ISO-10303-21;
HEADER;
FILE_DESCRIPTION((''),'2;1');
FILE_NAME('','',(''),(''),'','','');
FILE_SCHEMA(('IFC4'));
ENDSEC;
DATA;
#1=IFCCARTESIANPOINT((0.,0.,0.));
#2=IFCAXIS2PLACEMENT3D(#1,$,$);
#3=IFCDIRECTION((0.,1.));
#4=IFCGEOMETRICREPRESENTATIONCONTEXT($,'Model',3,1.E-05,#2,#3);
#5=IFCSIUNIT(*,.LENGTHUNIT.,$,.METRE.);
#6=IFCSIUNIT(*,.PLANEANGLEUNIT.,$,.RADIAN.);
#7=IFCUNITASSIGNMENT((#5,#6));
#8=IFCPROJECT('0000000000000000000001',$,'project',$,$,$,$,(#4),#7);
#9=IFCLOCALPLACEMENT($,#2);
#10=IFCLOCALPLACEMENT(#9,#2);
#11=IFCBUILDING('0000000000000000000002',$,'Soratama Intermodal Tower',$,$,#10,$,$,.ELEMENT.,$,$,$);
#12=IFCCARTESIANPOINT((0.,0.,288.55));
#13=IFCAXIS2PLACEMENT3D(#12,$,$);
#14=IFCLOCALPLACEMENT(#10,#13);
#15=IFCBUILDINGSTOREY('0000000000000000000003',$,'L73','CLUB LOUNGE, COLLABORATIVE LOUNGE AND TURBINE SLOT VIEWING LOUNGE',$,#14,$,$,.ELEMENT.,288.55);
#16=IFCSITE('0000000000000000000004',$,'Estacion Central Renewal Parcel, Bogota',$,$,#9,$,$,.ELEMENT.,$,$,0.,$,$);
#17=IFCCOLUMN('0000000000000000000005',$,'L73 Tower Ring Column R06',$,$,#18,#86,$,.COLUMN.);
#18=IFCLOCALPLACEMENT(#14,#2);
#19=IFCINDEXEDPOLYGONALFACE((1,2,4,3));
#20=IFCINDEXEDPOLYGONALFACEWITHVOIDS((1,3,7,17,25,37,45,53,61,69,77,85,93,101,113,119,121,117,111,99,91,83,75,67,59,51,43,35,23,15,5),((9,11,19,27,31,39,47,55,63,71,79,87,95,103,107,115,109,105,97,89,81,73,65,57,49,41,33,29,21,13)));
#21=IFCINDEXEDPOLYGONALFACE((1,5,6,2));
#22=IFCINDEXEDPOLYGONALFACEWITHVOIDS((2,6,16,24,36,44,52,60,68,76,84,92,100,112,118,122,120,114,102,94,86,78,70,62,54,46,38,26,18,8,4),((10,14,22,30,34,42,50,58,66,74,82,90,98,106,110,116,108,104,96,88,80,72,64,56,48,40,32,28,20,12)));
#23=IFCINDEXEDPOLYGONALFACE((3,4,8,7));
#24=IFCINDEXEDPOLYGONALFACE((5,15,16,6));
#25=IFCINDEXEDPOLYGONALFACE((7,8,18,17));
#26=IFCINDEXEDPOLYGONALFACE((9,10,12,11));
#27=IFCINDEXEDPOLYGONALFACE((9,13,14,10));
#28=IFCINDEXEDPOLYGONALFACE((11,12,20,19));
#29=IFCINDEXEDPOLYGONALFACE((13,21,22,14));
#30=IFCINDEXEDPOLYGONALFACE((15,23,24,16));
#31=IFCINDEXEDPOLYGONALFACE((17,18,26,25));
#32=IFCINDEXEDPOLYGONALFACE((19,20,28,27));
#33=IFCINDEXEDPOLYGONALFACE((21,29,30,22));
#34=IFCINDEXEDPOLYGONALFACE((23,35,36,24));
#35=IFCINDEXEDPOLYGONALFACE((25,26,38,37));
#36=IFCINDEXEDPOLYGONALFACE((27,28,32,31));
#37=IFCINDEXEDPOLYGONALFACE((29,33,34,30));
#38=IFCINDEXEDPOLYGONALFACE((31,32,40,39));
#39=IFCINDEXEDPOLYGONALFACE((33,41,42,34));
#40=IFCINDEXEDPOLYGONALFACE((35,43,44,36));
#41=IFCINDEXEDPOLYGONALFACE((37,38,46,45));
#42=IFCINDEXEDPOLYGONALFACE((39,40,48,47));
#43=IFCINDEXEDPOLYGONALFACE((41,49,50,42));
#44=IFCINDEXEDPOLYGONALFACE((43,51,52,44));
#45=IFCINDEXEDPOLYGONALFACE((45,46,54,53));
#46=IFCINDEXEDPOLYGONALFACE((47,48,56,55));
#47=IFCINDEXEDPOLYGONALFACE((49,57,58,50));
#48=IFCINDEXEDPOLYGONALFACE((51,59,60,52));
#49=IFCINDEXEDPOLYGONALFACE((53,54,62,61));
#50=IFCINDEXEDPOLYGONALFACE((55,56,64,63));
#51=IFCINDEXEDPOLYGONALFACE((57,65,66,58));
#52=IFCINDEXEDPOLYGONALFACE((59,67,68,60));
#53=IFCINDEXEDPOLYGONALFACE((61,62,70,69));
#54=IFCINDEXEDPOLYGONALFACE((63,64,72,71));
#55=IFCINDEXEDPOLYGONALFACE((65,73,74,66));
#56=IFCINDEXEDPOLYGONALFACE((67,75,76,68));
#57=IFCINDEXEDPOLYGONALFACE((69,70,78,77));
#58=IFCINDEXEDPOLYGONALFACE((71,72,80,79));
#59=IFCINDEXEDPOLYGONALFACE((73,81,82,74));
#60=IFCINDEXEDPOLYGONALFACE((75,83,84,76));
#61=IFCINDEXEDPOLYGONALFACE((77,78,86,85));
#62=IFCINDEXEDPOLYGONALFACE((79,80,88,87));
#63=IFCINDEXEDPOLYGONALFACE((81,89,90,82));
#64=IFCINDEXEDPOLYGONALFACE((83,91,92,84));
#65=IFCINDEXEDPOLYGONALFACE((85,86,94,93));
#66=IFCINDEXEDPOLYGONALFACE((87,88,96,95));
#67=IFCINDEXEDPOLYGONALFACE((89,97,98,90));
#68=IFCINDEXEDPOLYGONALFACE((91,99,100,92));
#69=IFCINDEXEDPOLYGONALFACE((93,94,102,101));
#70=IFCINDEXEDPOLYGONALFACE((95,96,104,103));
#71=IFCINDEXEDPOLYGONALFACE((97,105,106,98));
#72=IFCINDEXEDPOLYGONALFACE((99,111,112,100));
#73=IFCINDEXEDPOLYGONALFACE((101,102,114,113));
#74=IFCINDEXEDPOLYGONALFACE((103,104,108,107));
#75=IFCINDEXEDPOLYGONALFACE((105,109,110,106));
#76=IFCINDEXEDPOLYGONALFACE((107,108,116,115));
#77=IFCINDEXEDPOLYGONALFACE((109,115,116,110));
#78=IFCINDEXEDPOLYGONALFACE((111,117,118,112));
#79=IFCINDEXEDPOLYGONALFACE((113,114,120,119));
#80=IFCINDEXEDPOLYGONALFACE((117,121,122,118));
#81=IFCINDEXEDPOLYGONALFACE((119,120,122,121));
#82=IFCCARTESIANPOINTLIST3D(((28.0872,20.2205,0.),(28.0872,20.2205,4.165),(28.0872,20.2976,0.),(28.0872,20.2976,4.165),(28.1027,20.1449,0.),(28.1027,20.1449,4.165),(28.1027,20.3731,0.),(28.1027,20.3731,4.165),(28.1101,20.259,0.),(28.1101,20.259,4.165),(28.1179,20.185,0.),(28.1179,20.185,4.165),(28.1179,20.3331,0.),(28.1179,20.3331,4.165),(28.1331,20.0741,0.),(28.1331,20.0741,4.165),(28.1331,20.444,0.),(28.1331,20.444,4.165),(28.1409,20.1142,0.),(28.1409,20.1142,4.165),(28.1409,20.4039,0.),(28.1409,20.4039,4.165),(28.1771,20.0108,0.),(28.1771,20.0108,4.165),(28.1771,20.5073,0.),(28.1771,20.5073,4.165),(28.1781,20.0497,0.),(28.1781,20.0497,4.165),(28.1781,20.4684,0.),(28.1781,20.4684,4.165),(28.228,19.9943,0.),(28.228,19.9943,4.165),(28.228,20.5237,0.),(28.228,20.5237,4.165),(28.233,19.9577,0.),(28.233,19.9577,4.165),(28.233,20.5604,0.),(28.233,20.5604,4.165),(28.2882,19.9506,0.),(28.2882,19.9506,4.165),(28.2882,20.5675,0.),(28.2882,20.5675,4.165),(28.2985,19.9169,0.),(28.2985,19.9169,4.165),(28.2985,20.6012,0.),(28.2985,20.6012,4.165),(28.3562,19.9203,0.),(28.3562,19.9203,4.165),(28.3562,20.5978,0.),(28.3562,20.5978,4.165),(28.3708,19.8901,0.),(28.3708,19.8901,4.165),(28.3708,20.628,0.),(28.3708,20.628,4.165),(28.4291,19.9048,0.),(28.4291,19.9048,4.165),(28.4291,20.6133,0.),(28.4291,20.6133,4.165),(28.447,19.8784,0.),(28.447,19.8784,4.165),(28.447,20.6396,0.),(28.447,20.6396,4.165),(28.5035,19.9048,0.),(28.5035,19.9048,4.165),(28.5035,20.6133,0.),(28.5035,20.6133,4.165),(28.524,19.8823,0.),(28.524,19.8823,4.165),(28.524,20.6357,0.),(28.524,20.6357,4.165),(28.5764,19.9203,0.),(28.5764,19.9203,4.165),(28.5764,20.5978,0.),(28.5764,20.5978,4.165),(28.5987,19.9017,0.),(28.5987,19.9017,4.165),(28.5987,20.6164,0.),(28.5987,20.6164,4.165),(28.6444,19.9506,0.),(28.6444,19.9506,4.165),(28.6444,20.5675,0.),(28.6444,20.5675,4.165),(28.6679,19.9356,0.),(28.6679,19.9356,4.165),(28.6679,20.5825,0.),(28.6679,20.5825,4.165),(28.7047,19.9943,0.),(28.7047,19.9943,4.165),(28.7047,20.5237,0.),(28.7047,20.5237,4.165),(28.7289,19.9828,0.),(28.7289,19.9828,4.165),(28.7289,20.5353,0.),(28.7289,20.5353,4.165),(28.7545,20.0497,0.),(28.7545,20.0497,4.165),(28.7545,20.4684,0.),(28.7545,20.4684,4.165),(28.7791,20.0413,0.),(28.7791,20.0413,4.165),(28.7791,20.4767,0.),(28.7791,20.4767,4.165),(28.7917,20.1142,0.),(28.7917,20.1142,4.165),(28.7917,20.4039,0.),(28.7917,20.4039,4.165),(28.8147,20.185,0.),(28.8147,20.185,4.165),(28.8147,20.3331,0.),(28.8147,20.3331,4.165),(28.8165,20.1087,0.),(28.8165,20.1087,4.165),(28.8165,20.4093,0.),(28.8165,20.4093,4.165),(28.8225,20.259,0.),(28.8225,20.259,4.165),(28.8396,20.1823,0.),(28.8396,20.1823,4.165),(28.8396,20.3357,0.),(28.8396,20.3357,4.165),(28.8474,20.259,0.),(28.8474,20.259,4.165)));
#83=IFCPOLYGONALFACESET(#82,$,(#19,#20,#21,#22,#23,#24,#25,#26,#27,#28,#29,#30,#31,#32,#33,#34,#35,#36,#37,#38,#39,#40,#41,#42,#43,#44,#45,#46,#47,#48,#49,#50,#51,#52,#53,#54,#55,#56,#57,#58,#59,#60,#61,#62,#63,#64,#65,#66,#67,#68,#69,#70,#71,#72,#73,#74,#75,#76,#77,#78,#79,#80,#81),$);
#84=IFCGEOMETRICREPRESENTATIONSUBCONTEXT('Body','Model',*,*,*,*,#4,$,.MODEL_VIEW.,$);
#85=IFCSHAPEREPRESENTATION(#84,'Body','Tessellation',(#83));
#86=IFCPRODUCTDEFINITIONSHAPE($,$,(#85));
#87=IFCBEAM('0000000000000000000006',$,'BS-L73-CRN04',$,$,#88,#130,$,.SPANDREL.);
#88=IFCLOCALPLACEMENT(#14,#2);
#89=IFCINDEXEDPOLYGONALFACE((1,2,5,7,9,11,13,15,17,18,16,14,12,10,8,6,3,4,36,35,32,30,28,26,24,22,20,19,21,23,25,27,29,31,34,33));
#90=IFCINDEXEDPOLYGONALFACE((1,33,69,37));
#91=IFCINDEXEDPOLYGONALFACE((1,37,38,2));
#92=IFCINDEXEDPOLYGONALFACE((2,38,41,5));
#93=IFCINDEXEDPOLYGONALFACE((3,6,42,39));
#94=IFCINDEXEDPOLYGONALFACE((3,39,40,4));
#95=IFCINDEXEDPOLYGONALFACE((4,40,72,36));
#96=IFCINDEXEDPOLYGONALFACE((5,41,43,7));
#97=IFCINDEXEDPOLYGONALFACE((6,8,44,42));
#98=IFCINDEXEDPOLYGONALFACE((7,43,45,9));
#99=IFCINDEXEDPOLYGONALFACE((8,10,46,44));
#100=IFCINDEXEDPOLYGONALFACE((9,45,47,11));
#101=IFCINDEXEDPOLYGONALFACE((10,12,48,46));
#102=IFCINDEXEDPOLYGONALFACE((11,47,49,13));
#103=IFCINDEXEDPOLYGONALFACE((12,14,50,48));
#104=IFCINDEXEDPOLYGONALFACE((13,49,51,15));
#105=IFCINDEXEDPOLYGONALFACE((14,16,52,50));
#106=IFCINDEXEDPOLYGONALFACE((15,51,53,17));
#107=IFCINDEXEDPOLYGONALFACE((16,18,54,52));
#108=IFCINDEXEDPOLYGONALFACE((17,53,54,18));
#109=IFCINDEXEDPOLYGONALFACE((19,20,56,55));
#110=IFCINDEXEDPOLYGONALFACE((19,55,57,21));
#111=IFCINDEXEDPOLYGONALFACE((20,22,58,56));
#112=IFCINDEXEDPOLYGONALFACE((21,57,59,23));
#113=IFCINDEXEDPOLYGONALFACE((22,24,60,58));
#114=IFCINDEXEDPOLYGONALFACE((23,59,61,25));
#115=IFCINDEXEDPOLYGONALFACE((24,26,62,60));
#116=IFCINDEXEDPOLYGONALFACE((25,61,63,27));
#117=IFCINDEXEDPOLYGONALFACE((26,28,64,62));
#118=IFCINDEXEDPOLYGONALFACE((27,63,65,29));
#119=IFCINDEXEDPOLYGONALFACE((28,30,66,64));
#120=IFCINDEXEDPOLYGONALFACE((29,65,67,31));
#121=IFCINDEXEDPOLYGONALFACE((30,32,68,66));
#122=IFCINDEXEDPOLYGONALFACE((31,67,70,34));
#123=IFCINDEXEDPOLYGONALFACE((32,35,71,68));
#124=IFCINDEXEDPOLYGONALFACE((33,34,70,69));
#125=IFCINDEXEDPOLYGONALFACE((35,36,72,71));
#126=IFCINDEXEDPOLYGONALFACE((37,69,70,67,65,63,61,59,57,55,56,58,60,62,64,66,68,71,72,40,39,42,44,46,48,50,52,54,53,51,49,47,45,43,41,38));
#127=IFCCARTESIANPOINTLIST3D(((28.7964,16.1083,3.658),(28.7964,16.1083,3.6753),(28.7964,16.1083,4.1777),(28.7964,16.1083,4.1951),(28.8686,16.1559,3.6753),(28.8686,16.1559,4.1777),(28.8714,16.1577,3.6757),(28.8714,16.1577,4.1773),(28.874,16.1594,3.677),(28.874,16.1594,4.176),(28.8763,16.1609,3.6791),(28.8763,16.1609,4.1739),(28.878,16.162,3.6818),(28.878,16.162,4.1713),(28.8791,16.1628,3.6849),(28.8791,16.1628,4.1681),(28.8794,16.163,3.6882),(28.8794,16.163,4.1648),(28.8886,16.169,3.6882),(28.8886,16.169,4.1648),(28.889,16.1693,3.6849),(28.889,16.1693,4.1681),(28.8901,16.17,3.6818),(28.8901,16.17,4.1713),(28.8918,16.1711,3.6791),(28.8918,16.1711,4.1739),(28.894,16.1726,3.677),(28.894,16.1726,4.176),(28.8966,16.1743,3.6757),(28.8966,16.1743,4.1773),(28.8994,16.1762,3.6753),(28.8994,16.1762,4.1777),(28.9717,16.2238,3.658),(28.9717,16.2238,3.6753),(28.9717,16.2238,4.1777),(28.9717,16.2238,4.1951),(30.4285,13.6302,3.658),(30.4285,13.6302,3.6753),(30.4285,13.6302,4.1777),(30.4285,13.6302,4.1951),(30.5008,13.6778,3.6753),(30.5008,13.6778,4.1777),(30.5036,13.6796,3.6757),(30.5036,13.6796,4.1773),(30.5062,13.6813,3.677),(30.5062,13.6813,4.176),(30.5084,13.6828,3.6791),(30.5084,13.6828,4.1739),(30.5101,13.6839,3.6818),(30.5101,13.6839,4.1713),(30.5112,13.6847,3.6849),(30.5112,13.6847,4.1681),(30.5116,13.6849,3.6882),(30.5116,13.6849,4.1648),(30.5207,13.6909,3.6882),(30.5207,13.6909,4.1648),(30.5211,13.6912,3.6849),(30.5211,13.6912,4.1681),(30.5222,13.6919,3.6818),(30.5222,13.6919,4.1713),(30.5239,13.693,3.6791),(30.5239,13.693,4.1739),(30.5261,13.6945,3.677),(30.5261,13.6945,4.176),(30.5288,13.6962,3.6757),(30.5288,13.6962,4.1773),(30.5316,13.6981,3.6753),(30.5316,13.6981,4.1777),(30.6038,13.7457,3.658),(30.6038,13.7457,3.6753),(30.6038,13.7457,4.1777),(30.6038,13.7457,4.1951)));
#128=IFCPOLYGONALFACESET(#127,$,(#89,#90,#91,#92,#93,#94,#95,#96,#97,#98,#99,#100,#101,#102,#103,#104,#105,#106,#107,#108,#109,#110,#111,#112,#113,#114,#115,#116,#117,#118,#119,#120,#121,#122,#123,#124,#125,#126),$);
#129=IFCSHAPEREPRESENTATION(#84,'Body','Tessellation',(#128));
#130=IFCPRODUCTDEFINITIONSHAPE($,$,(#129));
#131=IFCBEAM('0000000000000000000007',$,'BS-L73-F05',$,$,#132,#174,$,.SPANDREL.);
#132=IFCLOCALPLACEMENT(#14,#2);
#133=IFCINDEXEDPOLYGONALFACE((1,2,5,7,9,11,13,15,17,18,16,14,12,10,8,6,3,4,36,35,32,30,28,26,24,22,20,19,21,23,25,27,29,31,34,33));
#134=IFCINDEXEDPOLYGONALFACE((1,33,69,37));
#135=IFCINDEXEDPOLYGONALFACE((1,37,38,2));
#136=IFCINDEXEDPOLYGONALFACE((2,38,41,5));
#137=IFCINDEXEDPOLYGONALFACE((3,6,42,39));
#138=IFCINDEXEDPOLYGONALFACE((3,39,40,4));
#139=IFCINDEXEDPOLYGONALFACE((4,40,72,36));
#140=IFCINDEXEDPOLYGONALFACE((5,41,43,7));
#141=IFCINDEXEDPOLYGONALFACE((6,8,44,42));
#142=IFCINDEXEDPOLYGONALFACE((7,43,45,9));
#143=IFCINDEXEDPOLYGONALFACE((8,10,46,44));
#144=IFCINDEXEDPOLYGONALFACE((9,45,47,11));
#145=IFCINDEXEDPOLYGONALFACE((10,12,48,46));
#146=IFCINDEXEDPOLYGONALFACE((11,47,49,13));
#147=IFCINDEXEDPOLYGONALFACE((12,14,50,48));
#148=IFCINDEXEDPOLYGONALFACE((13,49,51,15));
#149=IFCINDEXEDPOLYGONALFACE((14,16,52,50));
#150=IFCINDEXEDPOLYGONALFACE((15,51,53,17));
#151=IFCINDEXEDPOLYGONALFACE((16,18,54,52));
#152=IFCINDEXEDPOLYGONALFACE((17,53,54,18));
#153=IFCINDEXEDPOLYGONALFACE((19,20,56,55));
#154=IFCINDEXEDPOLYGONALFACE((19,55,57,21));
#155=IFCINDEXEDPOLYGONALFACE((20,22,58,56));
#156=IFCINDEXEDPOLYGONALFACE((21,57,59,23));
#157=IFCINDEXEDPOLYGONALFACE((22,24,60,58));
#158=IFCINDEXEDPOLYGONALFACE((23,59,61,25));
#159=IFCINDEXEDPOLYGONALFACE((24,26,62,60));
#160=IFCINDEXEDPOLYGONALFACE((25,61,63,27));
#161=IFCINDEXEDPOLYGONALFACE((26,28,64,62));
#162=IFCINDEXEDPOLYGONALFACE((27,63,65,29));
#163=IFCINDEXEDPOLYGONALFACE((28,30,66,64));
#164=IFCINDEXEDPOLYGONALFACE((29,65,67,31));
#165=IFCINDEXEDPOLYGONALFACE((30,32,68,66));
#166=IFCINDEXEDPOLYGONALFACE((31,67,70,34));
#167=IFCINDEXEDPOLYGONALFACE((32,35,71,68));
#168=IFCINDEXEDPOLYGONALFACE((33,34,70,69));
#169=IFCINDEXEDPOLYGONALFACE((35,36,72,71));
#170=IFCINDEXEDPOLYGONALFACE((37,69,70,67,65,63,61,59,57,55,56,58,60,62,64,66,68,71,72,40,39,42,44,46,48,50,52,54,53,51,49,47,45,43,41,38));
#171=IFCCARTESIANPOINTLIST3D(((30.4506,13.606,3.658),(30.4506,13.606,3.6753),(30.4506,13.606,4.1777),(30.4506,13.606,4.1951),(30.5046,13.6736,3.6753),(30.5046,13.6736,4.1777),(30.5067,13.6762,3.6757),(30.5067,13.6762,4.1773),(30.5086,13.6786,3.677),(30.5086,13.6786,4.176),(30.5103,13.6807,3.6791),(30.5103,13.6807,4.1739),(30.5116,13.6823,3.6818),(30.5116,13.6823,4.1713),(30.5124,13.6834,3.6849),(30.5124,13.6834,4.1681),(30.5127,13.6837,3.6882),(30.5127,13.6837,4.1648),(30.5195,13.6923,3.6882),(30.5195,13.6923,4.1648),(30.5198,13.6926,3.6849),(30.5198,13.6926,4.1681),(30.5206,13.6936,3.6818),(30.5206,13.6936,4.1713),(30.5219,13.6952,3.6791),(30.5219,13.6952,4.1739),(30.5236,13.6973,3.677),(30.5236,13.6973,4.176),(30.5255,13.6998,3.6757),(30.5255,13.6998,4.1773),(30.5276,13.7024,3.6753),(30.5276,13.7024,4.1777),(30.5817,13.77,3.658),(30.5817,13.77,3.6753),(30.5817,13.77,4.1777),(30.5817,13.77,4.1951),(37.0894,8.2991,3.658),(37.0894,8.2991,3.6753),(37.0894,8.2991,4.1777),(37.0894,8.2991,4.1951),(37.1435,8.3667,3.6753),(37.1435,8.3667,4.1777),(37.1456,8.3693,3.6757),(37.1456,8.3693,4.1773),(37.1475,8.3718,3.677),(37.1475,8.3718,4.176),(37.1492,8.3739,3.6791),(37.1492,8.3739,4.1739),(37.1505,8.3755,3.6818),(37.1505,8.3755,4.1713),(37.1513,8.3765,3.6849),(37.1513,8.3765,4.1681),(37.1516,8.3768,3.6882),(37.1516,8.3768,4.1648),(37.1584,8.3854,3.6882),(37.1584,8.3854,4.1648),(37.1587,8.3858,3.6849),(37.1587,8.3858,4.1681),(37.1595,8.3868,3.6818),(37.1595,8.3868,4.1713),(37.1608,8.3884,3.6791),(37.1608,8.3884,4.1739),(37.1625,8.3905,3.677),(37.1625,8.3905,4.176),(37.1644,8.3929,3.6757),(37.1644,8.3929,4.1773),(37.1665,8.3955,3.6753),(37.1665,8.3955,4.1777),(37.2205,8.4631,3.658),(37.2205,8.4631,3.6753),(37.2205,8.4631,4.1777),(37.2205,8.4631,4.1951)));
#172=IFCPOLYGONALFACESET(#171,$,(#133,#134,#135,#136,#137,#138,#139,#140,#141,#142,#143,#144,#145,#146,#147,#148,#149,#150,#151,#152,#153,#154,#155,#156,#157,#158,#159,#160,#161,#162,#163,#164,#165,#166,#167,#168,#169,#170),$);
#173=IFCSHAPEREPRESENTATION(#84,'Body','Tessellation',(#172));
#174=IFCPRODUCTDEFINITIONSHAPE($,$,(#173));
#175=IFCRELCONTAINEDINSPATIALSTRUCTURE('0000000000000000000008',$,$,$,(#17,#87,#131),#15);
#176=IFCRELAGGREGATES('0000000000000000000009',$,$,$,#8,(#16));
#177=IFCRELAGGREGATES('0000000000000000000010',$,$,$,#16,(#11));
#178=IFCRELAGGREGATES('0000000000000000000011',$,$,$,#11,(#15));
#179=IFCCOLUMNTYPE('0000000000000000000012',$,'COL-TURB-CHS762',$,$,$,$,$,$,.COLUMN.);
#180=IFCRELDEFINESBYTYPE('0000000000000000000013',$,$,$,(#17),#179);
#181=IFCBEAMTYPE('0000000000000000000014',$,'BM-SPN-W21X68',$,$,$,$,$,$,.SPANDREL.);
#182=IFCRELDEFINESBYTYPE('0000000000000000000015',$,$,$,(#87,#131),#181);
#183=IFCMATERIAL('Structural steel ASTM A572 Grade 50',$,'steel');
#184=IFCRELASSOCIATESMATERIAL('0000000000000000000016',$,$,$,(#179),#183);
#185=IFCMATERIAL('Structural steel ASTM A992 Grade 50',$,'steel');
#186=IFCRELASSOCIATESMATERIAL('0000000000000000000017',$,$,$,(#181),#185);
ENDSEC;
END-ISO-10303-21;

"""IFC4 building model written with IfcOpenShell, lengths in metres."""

from ifc_helpers import new_model, si_unit, direction, frame, origin, origin_2d, place, context, subcontext, project, spatial, hollow_circle, i_section, extrude, material, material_profile, profile_set, type_object, element, save


model = new_model("IFC4")

# Units and contexts
model_context = context("Model", 3, precision=1e-05, world=origin(), true_north=direction((0.0, 1.0)))
body_context = subcontext(model_context, "Body", "Model", "MODEL_VIEW")
ifc_project = project(units=[si_unit("LENGTHUNIT", "METRE"), si_unit("PLANEANGLEUNIT", "RADIAN")], contexts=[model_context])

# Site, building, storey
site_placement = place(None, origin())
site = spatial("IfcSite", under=ifc_project, at=site_placement, Name="Estacion Central Renewal Parcel, Bogota", CompositionType="ELEMENT", RefElevation=0.0)
building_placement = place(site_placement, origin())
building = spatial("IfcBuilding", under=site, at=building_placement, Name="Soratama Intermodal Tower", CompositionType="ELEMENT")
storey_placement = place(building_placement, frame((0.0, 0.0, 288.55)))
storey = spatial("IfcBuildingStorey", under=building, at=storey_placement, Name="L73", Description="CLUB LOUNGE, COLLABORATIVE LOUNGE AND TURBINE SLOT VIEWING LOUNGE", CompositionType="ELEMENT", Elevation=288.55)

# Column
ifc_material_1 = material(Name="Structural steel ASTM A572 Grade 50", Category="steel")
ifc_material_profile_1 = material_profile(ifc_material_1, hollow_circle(Radius=0.3811, WallThickness=0.0249, at=origin_2d()), Name="CHS762X25")
ifc_profile_set_1 = profile_set([ifc_material_profile_1], Name="Structural steel ASTM A572 Grade 50")
column_type = type_object("IfcColumnType", Name="COL-TURB-CHS762", PredefinedType="COLUMN", material=ifc_profile_set_1)
column_placement = place(storey_placement, frame((28.4663, 20.259, 0.0), z_axis=(0.0, 0.0, 1.0), x_axis=(1.0, 0.0, 0.0)))
element("IfcColumn", 1, at=column_placement, inside=storey, type_object=column_type, Name="L73 Tower Ring Column R06", PredefinedType="COLUMN", context=body_context, shape_type="SweptSolid", body=[
    extrude(hollow_circle(Radius=0.3811, WallThickness=0.0249, at=origin_2d()), origin(), (0.0, 0.0, 1.0), 4.165),
])

# Beams
ifc_material_2 = material(Name="Structural steel ASTM A992 Grade 50", Category="steel")
ifc_material_profile_2 = material_profile(ifc_material_2, i_section(OverallWidth=0.21, OverallDepth=0.5371, WebThickness=0.011, FlangeThickness=0.0173, FilletRadius=0.0129, at=origin_2d()), Name="W21X68")
ifc_profile_set_2 = profile_set([ifc_material_profile_2], Name="Structural steel ASTM A992 Grade 50")
beam_type_1 = type_object("IfcBeamType", Name="BM-SPN-W21X68", PredefinedType="SPANDREL", material=ifc_profile_set_2)
beam_1_placement = place(storey_placement, frame((28.884, 16.166, 3.9265), z_axis=(0.55004, -0.835139, 0.0), x_axis=(0.835139, 0.55004, 0.0)))
element("IfcBeam", 2, at=beam_1_placement, inside=storey, type_object=beam_type_1, Name="BS-L73-CRN04", PredefinedType="SPANDREL", context=body_context, shape_type="SweptSolid", body=[
    extrude(i_section(OverallWidth=0.21, OverallDepth=0.5371, WebThickness=0.011, FlangeThickness=0.0173, FilletRadius=0.0129, at=origin_2d()), origin(), (0.0, 0.0, 1.0), 2.9673),
])
beam_2_placement = place(storey_placement, frame((30.5161, 13.688, 3.9265), z_axis=(0.781113, -0.62439, 0.0), x_axis=(0.62439, 0.781113, 0.0)))
element("IfcBeam", 3, at=beam_2_placement, inside=storey, type_object=beam_type_1, Name="BS-L73-F05", PredefinedType="SPANDREL", context=body_context, shape_type="SweptSolid", body=[
    extrude(i_section(OverallWidth=0.21, OverallDepth=0.5371, WebThickness=0.011, FlangeThickness=0.0173, FilletRadius=0.0129, at=origin_2d()), origin(), (0.0, 0.0, 1.0), 8.4993),
])

save(model, "model.ifc")
